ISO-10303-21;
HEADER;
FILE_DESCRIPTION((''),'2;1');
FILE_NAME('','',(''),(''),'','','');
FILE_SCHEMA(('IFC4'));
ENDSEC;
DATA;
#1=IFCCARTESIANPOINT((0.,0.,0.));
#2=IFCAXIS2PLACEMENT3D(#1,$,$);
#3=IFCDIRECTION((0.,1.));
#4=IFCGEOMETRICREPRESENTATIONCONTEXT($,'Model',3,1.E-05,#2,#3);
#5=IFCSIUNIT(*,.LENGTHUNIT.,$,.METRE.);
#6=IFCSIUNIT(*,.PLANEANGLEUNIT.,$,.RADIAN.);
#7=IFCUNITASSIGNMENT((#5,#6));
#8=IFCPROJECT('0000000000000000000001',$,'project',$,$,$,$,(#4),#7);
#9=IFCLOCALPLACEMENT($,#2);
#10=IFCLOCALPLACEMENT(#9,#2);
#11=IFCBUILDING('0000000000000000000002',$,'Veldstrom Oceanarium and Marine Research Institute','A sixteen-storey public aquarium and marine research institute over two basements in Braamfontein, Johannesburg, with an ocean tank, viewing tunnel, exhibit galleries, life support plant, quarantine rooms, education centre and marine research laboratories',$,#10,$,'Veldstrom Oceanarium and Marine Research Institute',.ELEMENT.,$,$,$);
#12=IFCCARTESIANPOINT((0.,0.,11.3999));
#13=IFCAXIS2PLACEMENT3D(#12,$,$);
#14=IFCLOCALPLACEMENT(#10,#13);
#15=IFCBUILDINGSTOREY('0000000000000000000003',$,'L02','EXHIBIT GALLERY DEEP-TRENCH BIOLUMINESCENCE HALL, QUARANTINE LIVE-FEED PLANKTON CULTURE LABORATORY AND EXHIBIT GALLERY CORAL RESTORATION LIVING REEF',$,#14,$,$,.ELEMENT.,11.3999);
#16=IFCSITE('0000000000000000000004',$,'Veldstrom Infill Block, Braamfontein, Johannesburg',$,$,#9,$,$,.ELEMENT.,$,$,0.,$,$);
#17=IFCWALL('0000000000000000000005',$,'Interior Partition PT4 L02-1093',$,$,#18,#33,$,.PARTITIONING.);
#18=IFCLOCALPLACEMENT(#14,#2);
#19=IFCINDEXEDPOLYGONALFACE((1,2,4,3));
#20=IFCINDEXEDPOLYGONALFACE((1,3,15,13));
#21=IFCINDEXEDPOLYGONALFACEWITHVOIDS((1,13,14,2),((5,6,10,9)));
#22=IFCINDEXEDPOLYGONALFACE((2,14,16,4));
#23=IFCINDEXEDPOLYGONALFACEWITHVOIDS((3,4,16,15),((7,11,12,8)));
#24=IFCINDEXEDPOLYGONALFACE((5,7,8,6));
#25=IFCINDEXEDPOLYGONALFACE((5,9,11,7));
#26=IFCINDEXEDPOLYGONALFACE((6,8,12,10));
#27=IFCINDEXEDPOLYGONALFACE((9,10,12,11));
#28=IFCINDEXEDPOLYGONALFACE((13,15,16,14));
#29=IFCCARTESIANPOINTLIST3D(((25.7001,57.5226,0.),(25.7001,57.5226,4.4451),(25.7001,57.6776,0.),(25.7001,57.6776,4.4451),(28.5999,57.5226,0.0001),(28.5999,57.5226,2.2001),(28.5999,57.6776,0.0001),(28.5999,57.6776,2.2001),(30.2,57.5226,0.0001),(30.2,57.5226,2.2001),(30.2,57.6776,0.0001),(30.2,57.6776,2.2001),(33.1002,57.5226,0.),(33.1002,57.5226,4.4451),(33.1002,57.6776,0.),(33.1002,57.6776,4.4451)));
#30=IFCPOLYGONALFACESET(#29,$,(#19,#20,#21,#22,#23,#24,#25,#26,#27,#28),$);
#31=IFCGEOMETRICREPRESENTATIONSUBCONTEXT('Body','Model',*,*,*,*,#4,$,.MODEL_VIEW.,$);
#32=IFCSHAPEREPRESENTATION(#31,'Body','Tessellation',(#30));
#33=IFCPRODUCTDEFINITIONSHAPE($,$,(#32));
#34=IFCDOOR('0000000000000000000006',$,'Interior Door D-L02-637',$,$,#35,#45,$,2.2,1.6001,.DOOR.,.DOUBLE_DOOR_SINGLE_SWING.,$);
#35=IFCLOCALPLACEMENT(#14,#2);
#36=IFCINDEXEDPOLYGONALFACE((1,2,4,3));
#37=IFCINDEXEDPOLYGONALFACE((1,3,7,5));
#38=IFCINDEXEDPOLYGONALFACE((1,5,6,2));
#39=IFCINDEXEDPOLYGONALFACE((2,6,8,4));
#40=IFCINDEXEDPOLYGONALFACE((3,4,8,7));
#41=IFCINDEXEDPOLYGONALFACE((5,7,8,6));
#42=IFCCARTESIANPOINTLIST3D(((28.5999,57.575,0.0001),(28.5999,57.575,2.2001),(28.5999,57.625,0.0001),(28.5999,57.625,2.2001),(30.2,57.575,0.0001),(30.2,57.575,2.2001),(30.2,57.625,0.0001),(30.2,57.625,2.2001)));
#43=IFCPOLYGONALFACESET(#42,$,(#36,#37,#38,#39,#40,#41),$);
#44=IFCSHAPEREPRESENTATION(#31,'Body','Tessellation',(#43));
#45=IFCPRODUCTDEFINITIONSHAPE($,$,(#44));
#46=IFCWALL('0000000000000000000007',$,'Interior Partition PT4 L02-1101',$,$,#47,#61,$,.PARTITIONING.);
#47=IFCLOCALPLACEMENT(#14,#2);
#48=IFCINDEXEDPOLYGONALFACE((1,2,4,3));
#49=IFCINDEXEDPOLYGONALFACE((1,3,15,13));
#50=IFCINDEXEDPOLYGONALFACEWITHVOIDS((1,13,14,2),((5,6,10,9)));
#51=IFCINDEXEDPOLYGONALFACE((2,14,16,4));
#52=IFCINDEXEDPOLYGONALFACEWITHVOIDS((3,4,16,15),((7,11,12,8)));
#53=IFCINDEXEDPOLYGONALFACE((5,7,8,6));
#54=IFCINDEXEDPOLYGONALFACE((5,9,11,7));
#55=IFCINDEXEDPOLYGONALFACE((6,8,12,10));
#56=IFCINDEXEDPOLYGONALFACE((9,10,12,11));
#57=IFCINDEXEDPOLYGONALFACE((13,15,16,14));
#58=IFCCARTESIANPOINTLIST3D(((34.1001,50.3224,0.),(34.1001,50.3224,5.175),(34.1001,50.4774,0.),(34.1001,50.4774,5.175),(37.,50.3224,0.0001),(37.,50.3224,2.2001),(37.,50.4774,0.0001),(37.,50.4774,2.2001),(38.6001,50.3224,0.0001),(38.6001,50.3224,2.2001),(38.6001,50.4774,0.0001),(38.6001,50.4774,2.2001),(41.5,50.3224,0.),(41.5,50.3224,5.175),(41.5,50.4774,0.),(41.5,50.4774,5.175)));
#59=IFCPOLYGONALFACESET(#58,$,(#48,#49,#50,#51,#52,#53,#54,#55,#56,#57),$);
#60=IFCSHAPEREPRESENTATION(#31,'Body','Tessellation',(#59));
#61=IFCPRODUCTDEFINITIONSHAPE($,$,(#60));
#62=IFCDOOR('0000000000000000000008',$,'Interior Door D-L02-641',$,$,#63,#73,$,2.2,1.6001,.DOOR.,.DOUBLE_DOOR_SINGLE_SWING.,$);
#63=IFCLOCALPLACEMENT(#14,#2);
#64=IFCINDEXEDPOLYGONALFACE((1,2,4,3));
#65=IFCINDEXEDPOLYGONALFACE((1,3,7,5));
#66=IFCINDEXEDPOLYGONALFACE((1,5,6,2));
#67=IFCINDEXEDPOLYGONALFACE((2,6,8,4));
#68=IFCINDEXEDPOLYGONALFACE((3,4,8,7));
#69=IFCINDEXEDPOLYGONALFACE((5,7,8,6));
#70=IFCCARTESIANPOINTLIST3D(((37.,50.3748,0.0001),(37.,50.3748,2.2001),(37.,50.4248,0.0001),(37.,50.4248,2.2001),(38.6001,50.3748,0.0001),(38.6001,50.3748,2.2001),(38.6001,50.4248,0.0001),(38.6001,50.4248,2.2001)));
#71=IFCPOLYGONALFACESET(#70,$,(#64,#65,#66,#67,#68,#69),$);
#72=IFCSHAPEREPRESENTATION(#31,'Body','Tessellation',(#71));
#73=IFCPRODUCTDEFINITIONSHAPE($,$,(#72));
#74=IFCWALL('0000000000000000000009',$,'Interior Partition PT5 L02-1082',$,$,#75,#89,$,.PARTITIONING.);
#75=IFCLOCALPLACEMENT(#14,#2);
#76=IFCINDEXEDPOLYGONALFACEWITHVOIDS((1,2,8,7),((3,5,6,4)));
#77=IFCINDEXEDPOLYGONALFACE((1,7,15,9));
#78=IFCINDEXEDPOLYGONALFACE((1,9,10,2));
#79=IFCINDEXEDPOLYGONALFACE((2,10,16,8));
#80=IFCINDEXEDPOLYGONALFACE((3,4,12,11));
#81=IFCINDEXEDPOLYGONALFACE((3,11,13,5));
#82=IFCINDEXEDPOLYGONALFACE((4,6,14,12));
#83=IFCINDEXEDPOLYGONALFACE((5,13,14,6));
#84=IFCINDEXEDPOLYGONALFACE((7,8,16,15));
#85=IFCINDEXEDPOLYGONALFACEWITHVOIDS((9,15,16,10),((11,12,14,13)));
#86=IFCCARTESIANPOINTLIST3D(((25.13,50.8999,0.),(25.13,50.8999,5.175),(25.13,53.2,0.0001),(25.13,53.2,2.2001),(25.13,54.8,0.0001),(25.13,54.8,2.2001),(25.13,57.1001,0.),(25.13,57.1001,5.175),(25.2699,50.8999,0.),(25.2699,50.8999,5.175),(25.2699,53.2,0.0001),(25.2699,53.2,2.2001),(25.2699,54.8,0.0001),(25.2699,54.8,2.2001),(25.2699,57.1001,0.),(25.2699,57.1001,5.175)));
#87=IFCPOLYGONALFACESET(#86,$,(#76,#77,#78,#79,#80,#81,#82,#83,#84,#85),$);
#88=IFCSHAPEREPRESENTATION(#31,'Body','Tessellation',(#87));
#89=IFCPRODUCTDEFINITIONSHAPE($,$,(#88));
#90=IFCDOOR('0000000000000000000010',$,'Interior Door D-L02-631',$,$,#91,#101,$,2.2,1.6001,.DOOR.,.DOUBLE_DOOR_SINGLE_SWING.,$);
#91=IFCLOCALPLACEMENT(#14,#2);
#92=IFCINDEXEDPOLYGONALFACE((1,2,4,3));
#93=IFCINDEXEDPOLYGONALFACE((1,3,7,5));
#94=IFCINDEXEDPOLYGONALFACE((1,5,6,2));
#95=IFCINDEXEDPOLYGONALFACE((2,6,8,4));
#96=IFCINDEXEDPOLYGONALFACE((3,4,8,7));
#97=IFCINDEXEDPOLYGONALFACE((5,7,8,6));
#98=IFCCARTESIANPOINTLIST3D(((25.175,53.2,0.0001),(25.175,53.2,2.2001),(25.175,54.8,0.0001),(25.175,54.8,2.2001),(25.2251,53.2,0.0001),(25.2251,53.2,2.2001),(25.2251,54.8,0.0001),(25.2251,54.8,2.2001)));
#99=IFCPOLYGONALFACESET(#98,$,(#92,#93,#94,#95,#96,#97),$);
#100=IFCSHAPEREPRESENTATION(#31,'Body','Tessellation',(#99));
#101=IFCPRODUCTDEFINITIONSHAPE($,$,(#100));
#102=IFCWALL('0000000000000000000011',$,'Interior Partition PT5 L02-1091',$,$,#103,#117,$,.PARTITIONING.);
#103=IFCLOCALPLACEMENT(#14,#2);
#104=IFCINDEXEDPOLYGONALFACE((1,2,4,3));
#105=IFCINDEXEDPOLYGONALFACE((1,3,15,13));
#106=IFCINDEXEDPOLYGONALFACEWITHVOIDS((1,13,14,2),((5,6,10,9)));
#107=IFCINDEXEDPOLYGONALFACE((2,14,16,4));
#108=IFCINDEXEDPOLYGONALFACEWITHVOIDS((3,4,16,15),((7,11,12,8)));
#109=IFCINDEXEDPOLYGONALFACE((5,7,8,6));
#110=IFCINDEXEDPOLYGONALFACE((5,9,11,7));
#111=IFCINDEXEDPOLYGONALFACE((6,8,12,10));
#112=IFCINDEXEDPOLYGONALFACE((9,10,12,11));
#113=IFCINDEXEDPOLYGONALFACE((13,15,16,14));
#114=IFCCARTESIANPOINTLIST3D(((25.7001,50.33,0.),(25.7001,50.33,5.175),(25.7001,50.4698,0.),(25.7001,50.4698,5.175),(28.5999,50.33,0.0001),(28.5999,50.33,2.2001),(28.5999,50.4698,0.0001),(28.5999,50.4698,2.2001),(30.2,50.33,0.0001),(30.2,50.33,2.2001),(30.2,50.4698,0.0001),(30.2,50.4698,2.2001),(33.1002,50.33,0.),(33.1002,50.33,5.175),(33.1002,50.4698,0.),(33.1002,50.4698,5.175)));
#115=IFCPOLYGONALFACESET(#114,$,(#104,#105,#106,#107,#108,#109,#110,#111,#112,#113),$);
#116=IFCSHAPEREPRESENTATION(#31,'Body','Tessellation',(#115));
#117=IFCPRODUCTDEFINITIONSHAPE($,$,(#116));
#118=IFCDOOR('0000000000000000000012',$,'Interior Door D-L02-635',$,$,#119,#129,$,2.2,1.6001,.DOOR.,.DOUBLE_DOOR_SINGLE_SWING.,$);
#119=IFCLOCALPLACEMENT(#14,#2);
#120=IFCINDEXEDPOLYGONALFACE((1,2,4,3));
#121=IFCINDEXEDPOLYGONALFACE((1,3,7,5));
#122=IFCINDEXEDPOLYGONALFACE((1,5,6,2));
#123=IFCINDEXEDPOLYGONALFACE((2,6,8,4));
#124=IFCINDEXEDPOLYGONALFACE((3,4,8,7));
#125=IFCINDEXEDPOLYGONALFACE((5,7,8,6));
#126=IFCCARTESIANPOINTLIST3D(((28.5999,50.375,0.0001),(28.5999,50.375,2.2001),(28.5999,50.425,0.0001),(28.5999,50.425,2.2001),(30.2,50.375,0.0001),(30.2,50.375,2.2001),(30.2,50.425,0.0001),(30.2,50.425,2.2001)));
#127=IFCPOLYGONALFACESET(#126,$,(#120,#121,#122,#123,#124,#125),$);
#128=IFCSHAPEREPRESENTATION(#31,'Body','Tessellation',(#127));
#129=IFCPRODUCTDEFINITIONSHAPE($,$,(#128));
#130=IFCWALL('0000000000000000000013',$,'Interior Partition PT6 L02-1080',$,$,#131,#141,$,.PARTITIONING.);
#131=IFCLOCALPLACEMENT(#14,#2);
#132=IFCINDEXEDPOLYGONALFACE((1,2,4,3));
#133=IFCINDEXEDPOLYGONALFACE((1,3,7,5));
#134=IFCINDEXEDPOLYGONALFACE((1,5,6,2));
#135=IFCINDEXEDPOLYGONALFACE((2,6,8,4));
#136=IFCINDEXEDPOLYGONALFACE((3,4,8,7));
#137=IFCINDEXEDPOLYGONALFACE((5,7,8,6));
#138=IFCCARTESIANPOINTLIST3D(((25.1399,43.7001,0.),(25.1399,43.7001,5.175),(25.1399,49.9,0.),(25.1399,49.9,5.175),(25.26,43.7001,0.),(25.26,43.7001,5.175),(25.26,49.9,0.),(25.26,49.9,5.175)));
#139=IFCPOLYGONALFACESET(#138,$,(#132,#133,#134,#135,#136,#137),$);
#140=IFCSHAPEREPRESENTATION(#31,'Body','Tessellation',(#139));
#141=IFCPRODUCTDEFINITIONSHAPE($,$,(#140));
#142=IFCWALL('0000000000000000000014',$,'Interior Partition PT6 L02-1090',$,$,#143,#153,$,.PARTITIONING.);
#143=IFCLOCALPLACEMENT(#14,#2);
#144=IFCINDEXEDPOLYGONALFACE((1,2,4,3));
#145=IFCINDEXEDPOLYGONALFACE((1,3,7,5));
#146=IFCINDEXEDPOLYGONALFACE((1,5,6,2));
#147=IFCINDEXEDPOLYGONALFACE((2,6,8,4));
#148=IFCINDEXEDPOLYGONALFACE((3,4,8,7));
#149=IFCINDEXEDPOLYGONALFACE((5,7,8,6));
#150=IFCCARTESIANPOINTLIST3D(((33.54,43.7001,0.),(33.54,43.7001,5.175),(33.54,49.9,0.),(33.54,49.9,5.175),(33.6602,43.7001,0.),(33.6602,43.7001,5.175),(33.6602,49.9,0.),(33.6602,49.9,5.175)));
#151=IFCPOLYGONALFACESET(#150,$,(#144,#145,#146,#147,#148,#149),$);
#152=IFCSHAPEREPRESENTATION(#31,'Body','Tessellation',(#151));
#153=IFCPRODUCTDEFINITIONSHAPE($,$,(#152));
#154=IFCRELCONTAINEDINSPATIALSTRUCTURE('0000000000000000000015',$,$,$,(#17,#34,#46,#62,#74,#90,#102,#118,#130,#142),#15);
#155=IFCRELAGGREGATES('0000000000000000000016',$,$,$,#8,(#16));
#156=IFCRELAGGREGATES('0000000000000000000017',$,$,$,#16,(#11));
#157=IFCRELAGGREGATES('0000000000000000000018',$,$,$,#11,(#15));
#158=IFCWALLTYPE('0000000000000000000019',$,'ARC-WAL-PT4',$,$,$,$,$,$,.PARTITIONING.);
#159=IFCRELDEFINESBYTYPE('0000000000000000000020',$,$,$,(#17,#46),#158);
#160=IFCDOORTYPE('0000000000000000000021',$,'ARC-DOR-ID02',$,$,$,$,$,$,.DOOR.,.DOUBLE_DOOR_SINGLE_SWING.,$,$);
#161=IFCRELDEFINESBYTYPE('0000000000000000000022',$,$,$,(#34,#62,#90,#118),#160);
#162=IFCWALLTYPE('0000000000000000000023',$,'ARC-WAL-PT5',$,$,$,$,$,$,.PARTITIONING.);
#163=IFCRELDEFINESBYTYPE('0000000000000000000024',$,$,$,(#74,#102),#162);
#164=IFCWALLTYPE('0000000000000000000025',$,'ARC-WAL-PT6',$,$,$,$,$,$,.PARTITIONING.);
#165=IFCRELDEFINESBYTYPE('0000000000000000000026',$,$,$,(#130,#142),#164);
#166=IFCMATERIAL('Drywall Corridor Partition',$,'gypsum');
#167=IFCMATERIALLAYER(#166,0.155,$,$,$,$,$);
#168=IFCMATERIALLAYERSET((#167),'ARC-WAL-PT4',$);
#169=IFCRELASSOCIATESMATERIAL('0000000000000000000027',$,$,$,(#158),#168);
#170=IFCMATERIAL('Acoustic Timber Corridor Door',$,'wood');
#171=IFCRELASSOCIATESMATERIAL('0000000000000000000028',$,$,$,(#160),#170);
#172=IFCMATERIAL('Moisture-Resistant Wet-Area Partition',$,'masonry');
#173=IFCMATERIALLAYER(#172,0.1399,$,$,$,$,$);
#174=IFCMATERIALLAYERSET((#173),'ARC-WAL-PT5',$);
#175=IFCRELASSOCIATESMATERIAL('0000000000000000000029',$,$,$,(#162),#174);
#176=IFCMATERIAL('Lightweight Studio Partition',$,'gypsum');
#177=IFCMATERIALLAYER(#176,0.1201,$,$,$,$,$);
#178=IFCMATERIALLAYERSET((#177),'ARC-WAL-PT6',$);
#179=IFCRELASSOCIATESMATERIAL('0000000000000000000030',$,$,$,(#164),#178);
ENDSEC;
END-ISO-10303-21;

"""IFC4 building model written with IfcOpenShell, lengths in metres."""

from ifc_helpers import new_model, si_unit, direction, frame, frame_2d, origin, place, context, subcontext, project, spatial, rectangle, extrude, material, layer, layer_set, type_object, element, fill, save


model = new_model("IFC4")

# Units and contexts
model_context = context("Model", 3, precision=1e-05, world=origin(), true_north=direction((0.0, 1.0)))
body_context = subcontext(model_context, "Body", "Model", "MODEL_VIEW")
ifc_project = project(units=[si_unit("LENGTHUNIT", "METRE"), si_unit("PLANEANGLEUNIT", "RADIAN")], contexts=[model_context])

# Site, building, storey
site_placement = place(None, origin())
site = spatial("IfcSite", under=ifc_project, at=site_placement, Name="Veldstrom Infill Block, Braamfontein, Johannesburg", CompositionType="ELEMENT", RefElevation=0.0)
building_placement = place(site_placement, origin())
building = spatial("IfcBuilding", under=site, at=building_placement, Name="Veldstrom Oceanarium and Marine Research Institute", Description="A sixteen-storey public aquarium and marine research institute over two basements in Braamfontein, Johannesburg, with an ocean tank, viewing tunnel, exhibit galleries, life support plant, quarantine rooms, education centre and marine research laboratories", LongName="Veldstrom Oceanarium and Marine Research Institute", CompositionType="ELEMENT")
storey_placement = place(building_placement, frame((0.0, 0.0, 11.3999)))
storey = spatial("IfcBuildingStorey", under=building, at=storey_placement, Name="L02", Description="EXHIBIT GALLERY DEEP-TRENCH BIOLUMINESCENCE HALL, QUARANTINE LIVE-FEED PLANKTON CULTURE LABORATORY AND EXHIBIT GALLERY CORAL RESTORATION LIVING REEF", CompositionType="ELEMENT", Elevation=11.3999)

# Walls, openings, doors
ifc_material_1 = material(Name="Drywall Corridor Partition", Category="gypsum")
ifc_layer_1 = layer(ifc_material_1, 0.155)
ifc_layer_set_1 = layer_set([ifc_layer_1], Name="ARC-WAL-PT4")
wall_type_1 = type_object("IfcWallType", Name="ARC-WAL-PT4", PredefinedType="PARTITIONING", material=ifc_layer_set_1)
wall_1_placement = place(storey_placement, frame((25.7, 57.6001, 0.0), z_axis=(0.0, 0.0, 1.0), x_axis=(1.0, 0.0, 0.0)))
wall_1 = element("IfcWall", 1, at=wall_1_placement, inside=storey, type_object=wall_type_1, Name="Interior Partition PT4 L02-1093", PredefinedType="PARTITIONING", context=body_context, shape_type="SweptSolid", body=[
    extrude(rectangle(XDim=7.4001, YDim=0.155, at=frame_2d((3.7002, 0.0))), origin(), (0.0, 0.0, 1.0), 4.4451),
])
opening_1_placement = place(wall_1_placement, frame((2.8999, 0.0, 0.0)))
opening_1 = element("IfcOpeningElement", 2, at=opening_1_placement, cuts=wall_1, PredefinedType="OPENING", context=body_context, shape_type="SweptSolid", body=[
    extrude(rectangle(XDim=1.6001, YDim=2.2, at=frame_2d((0.8, 1.1001))), frame((0.0, 0.0874, 0.0), z_axis=(0.0, -1.0, 0.0), x_axis=(1.0, 0.0, 0.0)), (0.0, 0.0, 1.0), 0.175),
])
ifc_material_2 = material(Name="Acoustic Timber Corridor Door", Category="wood")
door_type_1 = type_object("IfcDoorType", Name="ARC-DOR-ID02", OperationType="DOUBLE_DOOR_SINGLE_SWING", PredefinedType="DOOR", material=ifc_material_2)
door_1_placement = place(opening_1_placement, origin())
door_1 = element("IfcDoor", 3, at=door_1_placement, inside=storey, type_object=door_type_1, Name="Interior Door D-L02-637", OperationType="DOUBLE_DOOR_SINGLE_SWING", OverallHeight=2.2, OverallWidth=1.6001, PredefinedType="DOOR", context=body_context, shape_type="SweptSolid", body=[
    extrude(rectangle(XDim=1.6001, YDim=2.2, at=frame_2d((0.8, 1.1001))), frame((0.0, 0.0249, 0.0), z_axis=(0.0, -1.0, 0.0), x_axis=(1.0, 0.0, 0.0)), (0.0, 0.0, 1.0), 0.05),
])
fill(opening_1, door_1)
wall_2_placement = place(storey_placement, frame((34.1001, 50.3999, 0.0), z_axis=(0.0, 0.0, 1.0), x_axis=(1.0, 0.0, 0.0)))
wall_2 = element("IfcWall", 4, at=wall_2_placement, inside=storey, type_object=wall_type_1, Name="Interior Partition PT4 L02-1101", PredefinedType="PARTITIONING", context=body_context, shape_type="SweptSolid", body=[
    extrude(rectangle(XDim=7.3999, YDim=0.155, at=frame_2d((3.7, 0.0))), origin(), (0.0, 0.0, 1.0), 5.175),
])
opening_2_placement = place(wall_2_placement, frame((2.8999, 0.0, 0.0)))
opening_2 = element("IfcOpeningElement", 5, at=opening_2_placement, cuts=wall_2, PredefinedType="OPENING", context=body_context, shape_type="SweptSolid", body=[
    extrude(rectangle(XDim=1.6001, YDim=2.2, at=frame_2d((0.8, 1.1001))), frame((0.0, 0.0874, 0.0), z_axis=(0.0, -1.0, 0.0), x_axis=(1.0, 0.0, 0.0)), (0.0, 0.0, 1.0), 0.175),
])
door_2_placement = place(opening_2_placement, origin())
door_2 = element("IfcDoor", 6, at=door_2_placement, inside=storey, type_object=door_type_1, Name="Interior Door D-L02-641", OperationType="DOUBLE_DOOR_SINGLE_SWING", OverallHeight=2.2, OverallWidth=1.6001, PredefinedType="DOOR", context=body_context, shape_type="SweptSolid", body=[
    extrude(rectangle(XDim=1.6001, YDim=2.2, at=frame_2d((0.8, 1.1001))), frame((0.0, 0.0249, 0.0), z_axis=(0.0, -1.0, 0.0), x_axis=(1.0, 0.0, 0.0)), (0.0, 0.0, 1.0), 0.05),
])
fill(opening_2, door_2)
ifc_material_3 = material(Name="Moisture-Resistant Wet-Area Partition", Category="masonry")
ifc_layer_2 = layer(ifc_material_3, 0.1399)
ifc_layer_set_2 = layer_set([ifc_layer_2], Name="ARC-WAL-PT5")
wall_type_2 = type_object("IfcWallType", Name="ARC-WAL-PT5", PredefinedType="PARTITIONING", material=ifc_layer_set_2)
wall_3_placement = place(storey_placement, frame((25.2, 50.8999, 0.0), z_axis=(0.0, 0.0, 1.0), x_axis=(0.0, 1.0, 0.0)))
wall_3 = element("IfcWall", 7, at=wall_3_placement, inside=storey, type_object=wall_type_2, Name="Interior Partition PT5 L02-1082", PredefinedType="PARTITIONING", context=body_context, shape_type="SweptSolid", body=[
    extrude(rectangle(XDim=6.2002, YDim=0.1399, at=frame_2d((3.1001, 0.0))), origin(), (0.0, 0.0, 1.0), 5.175),
])
opening_3_placement = place(wall_3_placement, frame((2.3, 0.0, 0.0)))
opening_3 = element("IfcOpeningElement", 8, at=opening_3_placement, cuts=wall_3, PredefinedType="OPENING", context=body_context, shape_type="SweptSolid", body=[
    extrude(rectangle(XDim=1.6001, YDim=2.2, at=frame_2d((0.8, 1.1001))), frame((0.0, 0.0798, 0.0), z_axis=(0.0, -1.0, 0.0), x_axis=(1.0, 0.0, 0.0)), (0.0, 0.0, 1.0), 0.1599),
])
door_3_placement = place(opening_3_placement, origin())
door_3 = element("IfcDoor", 9, at=door_3_placement, inside=storey, type_object=door_type_1, Name="Interior Door D-L02-631", OperationType="DOUBLE_DOOR_SINGLE_SWING", OverallHeight=2.2, OverallWidth=1.6001, PredefinedType="DOOR", context=body_context, shape_type="SweptSolid", body=[
    extrude(rectangle(XDim=1.6001, YDim=2.2, at=frame_2d((0.8, 1.1001))), frame((0.0, 0.0249, 0.0), z_axis=(0.0, -1.0, 0.0), x_axis=(1.0, 0.0, 0.0)), (0.0, 0.0, 1.0), 0.05),
])
fill(opening_3, door_3)
wall_4_placement = place(storey_placement, frame((25.7, 50.3999, 0.0), z_axis=(0.0, 0.0, 1.0), x_axis=(1.0, 0.0, 0.0)))
wall_4 = element("IfcWall", 10, at=wall_4_placement, inside=storey, type_object=wall_type_2, Name="Interior Partition PT5 L02-1091", PredefinedType="PARTITIONING", context=body_context, shape_type="SweptSolid", body=[
    extrude(rectangle(XDim=7.4001, YDim=0.1399, at=frame_2d((3.7002, 0.0))), origin(), (0.0, 0.0, 1.0), 5.175),
])
opening_4_placement = place(wall_4_placement, frame((2.8999, 0.0, 0.0)))
opening_4 = element("IfcOpeningElement", 11, at=opening_4_placement, cuts=wall_4, PredefinedType="OPENING", context=body_context, shape_type="SweptSolid", body=[
    extrude(rectangle(XDim=1.6001, YDim=2.2, at=frame_2d((0.8, 1.1001))), frame((0.0, 0.0798, 0.0), z_axis=(0.0, -1.0, 0.0), x_axis=(1.0, 0.0, 0.0)), (0.0, 0.0, 1.0), 0.1599),
])
door_4_placement = place(opening_4_placement, frame((1.6001, 0.0, 0.0), z_axis=(0.0, 0.0, 1.0), x_axis=(-1.0, 0.0, 0.0)))
door_4 = element("IfcDoor", 12, at=door_4_placement, inside=storey, type_object=door_type_1, Name="Interior Door D-L02-635", OperationType="DOUBLE_DOOR_SINGLE_SWING", OverallHeight=2.2, OverallWidth=1.6001, PredefinedType="DOOR", context=body_context, shape_type="SweptSolid", body=[
    extrude(rectangle(XDim=1.6001, YDim=2.2, at=frame_2d((0.8, 1.1001))), frame((0.0, 0.0249, 0.0), z_axis=(0.0, -1.0, 0.0), x_axis=(1.0, 0.0, 0.0)), (0.0, 0.0, 1.0), 0.05),
])
fill(opening_4, door_4)

# Walls
ifc_material_4 = material(Name="Lightweight Studio Partition", Category="gypsum")
ifc_layer_3 = layer(ifc_material_4, 0.1201)
ifc_layer_set_3 = layer_set([ifc_layer_3], Name="ARC-WAL-PT6")
wall_type_3 = type_object("IfcWallType", Name="ARC-WAL-PT6", PredefinedType="PARTITIONING", material=ifc_layer_set_3)
for number, where, z_axis, x_axis, name in (
    (13, (25.2, 43.7, 0.0), (0.0, 0.0, 1.0), (0.0, 1.0, 0.0), "Interior Partition PT6 L02-1080"),
    (14, (33.6001, 43.7, 0.0), (0.0, 0.0, 1.0), (0.0, 1.0, 0.0), "Interior Partition PT6 L02-1090"),
):
    element("IfcWall", number, at=place(storey_placement, frame(where, z_axis=z_axis, x_axis=x_axis)), inside=storey, type_object=wall_type_3, Name=name, PredefinedType="PARTITIONING", context=body_context, shape_type="SweptSolid", body=[
        extrude(rectangle(XDim=6.2, YDim=0.1201, at=frame_2d((3.1001, 0.0))), origin(), (0.0, 0.0, 1.0), 5.175),
    ])

save(model, "model.ifc")
